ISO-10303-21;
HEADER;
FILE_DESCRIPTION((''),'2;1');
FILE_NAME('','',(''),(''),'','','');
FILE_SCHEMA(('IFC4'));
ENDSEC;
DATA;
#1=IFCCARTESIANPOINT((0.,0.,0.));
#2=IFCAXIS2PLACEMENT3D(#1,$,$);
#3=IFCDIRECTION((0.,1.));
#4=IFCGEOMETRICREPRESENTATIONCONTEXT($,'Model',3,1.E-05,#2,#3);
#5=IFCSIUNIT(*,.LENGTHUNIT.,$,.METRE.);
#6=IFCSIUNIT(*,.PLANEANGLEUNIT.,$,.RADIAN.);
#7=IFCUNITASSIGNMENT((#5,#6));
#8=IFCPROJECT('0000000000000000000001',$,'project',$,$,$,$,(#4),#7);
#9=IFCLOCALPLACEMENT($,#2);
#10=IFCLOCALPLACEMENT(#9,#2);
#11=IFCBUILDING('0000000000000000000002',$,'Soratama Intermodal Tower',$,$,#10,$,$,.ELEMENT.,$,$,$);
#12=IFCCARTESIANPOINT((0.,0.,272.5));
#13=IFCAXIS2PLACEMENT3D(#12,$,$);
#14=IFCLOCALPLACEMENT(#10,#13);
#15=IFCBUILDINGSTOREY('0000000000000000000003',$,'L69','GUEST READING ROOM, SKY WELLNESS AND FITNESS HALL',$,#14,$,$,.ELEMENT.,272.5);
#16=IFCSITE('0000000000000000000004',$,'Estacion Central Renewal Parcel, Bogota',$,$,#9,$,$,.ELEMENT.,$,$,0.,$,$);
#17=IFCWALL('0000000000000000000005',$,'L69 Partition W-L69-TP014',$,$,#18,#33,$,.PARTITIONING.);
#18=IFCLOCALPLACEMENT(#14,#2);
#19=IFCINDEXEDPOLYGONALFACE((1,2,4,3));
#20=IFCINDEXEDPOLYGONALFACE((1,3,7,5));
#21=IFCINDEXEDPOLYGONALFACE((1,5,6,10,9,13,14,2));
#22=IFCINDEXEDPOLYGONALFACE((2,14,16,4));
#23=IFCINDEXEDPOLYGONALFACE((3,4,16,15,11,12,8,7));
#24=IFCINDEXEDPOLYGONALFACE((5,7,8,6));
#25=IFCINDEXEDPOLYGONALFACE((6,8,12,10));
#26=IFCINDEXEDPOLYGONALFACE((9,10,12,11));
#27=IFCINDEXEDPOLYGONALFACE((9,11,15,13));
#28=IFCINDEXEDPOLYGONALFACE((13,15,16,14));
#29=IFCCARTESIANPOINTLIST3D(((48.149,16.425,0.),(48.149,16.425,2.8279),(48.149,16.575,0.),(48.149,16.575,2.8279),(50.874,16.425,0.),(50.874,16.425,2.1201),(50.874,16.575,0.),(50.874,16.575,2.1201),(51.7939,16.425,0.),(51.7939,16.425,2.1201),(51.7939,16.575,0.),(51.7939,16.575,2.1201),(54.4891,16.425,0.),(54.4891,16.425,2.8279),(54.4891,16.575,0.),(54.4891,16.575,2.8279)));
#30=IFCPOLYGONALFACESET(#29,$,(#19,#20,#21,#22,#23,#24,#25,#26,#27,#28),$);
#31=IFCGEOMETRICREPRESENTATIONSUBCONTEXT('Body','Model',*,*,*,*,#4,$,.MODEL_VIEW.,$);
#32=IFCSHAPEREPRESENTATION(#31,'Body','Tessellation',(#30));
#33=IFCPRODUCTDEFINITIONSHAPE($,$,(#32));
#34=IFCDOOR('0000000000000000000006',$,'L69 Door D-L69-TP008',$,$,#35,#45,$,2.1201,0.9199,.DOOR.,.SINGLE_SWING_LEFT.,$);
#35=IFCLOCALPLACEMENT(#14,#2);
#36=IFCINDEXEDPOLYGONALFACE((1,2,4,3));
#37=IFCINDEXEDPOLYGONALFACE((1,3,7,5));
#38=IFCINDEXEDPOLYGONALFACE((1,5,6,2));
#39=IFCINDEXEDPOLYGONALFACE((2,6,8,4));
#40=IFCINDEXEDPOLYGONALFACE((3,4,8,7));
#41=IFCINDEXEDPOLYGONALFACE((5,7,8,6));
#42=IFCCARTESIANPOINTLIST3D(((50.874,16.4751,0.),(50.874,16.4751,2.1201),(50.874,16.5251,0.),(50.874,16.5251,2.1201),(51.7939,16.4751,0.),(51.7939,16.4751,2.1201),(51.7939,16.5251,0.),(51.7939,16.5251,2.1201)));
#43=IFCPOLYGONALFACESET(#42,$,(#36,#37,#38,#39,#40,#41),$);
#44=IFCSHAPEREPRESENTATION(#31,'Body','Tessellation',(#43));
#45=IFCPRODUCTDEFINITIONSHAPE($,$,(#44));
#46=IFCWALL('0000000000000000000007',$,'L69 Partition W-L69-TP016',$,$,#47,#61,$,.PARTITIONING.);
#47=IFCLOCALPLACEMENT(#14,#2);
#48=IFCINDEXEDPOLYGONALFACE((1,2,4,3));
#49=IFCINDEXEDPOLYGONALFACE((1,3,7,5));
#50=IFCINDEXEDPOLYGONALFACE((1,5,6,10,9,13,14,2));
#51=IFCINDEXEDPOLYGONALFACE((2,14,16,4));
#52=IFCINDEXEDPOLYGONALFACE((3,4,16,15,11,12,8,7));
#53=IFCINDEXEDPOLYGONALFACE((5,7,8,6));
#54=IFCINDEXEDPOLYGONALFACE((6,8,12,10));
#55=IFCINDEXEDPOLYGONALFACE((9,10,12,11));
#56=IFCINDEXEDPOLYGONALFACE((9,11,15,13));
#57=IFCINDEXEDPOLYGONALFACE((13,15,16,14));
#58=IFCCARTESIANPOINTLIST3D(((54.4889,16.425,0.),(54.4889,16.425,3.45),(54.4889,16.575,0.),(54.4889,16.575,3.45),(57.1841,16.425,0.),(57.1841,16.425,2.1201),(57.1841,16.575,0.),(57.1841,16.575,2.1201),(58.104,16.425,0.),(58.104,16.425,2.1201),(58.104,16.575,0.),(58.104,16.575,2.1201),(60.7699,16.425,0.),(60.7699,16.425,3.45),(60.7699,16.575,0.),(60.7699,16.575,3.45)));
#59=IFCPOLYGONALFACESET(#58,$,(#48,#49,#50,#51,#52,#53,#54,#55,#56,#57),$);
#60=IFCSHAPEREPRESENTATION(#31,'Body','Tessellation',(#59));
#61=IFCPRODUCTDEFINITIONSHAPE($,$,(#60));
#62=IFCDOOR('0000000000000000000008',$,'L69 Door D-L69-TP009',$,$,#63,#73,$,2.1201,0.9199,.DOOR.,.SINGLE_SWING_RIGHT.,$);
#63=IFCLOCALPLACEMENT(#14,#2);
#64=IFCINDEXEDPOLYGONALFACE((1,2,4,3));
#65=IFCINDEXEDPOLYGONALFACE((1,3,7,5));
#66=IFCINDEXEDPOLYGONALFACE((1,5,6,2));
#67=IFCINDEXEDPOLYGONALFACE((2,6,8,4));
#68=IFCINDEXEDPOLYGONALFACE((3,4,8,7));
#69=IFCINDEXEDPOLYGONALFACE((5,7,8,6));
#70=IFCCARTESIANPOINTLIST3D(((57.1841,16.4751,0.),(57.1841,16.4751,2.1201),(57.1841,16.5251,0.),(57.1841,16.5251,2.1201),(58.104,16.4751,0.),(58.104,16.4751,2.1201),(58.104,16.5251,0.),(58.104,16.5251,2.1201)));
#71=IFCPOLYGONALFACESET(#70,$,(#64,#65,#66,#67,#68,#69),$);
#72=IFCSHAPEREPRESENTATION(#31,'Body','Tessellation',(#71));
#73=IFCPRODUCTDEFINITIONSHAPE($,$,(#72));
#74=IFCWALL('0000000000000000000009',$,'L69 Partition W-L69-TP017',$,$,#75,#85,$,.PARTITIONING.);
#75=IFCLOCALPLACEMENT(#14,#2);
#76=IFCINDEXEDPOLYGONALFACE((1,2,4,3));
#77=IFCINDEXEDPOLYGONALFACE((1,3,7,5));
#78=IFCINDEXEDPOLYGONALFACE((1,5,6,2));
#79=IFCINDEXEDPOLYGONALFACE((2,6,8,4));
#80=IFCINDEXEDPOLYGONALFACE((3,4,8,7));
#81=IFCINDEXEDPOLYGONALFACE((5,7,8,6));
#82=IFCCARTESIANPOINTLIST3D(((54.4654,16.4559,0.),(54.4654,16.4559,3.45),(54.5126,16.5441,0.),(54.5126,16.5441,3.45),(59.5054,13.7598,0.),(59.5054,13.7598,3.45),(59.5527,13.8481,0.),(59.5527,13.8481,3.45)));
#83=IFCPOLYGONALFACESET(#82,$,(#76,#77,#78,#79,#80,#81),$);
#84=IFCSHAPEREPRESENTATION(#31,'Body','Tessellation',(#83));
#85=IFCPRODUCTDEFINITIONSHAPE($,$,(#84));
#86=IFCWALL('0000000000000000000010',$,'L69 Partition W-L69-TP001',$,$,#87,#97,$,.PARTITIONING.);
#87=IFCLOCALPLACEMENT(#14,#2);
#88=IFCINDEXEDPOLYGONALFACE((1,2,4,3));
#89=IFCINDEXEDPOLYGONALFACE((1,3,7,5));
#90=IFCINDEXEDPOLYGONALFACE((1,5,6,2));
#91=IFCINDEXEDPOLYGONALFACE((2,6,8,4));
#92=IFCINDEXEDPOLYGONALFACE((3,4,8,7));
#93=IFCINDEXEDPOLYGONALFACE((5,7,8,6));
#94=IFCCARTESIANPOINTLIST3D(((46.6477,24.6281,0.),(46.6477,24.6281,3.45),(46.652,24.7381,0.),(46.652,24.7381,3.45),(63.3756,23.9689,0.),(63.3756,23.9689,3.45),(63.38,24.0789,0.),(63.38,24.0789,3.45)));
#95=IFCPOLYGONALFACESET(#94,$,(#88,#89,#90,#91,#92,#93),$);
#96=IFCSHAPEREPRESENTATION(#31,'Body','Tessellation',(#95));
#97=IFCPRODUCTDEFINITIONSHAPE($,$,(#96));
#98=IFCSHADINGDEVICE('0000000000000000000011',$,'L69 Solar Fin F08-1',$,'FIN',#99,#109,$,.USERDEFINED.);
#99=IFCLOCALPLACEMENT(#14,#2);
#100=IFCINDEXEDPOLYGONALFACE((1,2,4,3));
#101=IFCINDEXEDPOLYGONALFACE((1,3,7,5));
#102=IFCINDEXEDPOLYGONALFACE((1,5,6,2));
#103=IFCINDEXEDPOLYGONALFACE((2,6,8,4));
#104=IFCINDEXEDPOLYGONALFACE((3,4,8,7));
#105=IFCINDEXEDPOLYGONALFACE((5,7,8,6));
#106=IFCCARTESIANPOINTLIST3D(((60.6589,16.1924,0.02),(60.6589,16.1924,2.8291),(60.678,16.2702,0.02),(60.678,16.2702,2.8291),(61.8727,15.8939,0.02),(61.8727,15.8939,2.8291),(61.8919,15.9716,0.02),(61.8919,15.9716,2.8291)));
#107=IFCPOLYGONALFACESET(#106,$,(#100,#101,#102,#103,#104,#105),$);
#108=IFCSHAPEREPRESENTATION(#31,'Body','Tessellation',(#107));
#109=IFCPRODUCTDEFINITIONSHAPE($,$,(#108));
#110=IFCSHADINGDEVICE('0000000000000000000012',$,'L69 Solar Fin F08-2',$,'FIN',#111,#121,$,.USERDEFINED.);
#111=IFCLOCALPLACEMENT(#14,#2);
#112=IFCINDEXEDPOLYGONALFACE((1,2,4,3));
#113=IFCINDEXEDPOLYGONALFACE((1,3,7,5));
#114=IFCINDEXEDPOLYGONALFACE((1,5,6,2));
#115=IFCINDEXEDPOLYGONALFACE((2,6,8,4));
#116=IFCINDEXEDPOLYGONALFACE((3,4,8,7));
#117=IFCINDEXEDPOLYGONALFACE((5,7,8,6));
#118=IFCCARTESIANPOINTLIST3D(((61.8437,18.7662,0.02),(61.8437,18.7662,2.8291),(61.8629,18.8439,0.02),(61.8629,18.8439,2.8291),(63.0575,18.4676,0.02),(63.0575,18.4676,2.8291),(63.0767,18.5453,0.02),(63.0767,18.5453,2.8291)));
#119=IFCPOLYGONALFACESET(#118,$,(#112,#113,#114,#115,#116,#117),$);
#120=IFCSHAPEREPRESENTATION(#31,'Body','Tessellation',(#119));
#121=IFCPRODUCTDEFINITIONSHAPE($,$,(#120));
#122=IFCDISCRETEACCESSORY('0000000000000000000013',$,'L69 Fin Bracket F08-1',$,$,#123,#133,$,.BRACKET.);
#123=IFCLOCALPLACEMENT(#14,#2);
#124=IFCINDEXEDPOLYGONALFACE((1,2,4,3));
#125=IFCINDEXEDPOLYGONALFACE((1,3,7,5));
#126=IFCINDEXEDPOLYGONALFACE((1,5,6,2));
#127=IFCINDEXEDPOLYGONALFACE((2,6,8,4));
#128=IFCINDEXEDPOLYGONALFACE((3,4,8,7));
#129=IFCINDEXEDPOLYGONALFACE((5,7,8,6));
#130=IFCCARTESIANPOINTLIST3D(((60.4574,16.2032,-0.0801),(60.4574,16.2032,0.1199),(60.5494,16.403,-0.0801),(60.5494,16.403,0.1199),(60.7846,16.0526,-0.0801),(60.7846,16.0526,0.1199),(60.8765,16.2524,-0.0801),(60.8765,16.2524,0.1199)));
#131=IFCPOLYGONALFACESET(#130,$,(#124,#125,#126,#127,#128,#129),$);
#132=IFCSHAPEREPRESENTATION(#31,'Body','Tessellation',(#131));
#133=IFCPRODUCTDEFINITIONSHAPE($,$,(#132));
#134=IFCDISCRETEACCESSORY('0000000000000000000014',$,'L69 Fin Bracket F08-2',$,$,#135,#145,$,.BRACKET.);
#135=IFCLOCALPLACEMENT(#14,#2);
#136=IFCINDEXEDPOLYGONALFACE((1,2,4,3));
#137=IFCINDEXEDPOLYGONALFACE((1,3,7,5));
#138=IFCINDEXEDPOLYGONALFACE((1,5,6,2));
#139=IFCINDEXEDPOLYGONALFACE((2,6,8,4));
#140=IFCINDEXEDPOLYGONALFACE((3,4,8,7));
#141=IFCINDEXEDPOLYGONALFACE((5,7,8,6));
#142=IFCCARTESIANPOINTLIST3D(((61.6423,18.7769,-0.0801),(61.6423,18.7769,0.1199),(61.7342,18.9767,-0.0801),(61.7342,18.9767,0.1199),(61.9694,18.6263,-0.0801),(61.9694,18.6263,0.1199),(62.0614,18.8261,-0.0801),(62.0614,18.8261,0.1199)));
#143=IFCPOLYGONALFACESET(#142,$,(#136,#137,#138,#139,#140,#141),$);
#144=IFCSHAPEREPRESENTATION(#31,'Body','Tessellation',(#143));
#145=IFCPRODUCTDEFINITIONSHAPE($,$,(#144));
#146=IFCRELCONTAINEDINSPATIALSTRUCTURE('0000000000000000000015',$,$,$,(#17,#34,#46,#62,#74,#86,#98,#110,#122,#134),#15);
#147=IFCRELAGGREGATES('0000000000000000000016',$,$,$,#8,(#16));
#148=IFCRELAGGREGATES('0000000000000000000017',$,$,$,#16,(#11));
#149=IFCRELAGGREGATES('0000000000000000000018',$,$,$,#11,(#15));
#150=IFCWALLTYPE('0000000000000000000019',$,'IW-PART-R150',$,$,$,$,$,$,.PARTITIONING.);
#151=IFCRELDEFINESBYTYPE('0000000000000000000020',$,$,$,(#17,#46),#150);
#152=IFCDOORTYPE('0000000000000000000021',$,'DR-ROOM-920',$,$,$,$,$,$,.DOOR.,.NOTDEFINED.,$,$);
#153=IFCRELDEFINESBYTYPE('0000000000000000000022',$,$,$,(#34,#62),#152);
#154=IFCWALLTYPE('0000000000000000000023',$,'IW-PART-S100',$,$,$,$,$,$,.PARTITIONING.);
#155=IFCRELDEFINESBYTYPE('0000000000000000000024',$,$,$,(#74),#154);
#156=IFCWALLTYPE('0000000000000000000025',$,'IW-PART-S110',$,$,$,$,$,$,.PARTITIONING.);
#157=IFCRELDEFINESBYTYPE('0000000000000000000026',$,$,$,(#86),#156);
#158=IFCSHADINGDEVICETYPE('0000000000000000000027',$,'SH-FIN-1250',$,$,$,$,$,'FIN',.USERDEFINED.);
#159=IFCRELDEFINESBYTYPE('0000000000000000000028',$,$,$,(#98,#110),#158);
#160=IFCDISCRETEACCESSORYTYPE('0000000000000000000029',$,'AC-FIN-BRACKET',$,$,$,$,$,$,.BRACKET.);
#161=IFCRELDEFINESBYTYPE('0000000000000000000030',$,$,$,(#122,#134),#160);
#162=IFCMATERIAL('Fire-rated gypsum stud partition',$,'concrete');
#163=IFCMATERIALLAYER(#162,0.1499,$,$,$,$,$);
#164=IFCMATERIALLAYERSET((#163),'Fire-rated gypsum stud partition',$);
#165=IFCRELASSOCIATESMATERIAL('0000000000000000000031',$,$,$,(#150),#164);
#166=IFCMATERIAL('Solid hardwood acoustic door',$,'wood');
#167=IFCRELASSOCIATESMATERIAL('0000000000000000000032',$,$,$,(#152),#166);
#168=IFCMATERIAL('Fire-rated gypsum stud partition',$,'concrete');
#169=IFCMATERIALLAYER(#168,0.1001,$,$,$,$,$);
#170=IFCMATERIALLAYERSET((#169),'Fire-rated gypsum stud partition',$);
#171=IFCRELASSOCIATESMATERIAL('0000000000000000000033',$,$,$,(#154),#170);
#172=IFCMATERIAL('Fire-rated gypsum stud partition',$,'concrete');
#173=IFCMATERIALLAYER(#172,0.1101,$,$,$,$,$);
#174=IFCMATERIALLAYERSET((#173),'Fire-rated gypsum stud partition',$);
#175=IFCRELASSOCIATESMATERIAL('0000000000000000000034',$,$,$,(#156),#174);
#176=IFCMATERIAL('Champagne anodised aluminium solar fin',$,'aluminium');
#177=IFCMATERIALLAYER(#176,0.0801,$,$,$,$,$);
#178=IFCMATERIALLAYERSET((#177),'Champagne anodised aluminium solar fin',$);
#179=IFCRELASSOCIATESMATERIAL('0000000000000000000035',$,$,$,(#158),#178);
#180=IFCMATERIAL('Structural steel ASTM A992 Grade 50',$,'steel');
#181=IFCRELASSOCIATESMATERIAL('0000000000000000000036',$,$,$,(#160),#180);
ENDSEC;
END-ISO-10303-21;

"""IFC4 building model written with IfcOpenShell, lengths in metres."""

from ifc_helpers import new_model, si_unit, direction, frame, frame_2d, origin, origin_2d, place, context, subcontext, project, spatial, rectangle, extrude, material, layer, layer_set, type_object, element, fill, save


model = new_model("IFC4")

# Units and contexts
model_context = context("Model", 3, precision=1e-05, world=origin(), true_north=direction((0.0, 1.0)))
body_context = subcontext(model_context, "Body", "Model", "MODEL_VIEW")
ifc_project = project(units=[si_unit("LENGTHUNIT", "METRE"), si_unit("PLANEANGLEUNIT", "RADIAN")], contexts=[model_context])

# Site, building, storey
site_placement = place(None, origin())
site = spatial("IfcSite", under=ifc_project, at=site_placement, Name="Estacion Central Renewal Parcel, Bogota", CompositionType="ELEMENT", RefElevation=0.0)
building_placement = place(site_placement, origin())
building = spatial("IfcBuilding", under=site, at=building_placement, Name="Soratama Intermodal Tower", CompositionType="ELEMENT")
storey_placement = place(building_placement, frame((0.0, 0.0, 272.5)))
storey = spatial("IfcBuildingStorey", under=building, at=storey_placement, Name="L69", Description="GUEST READING ROOM, SKY WELLNESS AND FITNESS HALL", CompositionType="ELEMENT", Elevation=272.5)

# Walls, openings, doors
ifc_material_1 = material(Name="Fire-rated gypsum stud partition", Category="concrete")
ifc_layer_1 = layer(ifc_material_1, 0.1499)
ifc_layer_set_1 = layer_set([ifc_layer_1], Name="Fire-rated gypsum stud partition")
wall_type_1 = type_object("IfcWallType", Name="IW-PART-R150", PredefinedType="PARTITIONING", material=ifc_layer_set_1)
ifc_material_2 = material(Name="Solid hardwood acoustic door", Category="wood")
door_type_1 = type_object("IfcDoorType", Name="DR-ROOM-920", OperationType="NOTDEFINED", PredefinedType="DOOR", material=ifc_material_2)
wall_1_placement = place(storey_placement, frame((54.489, 16.5, 0.0), z_axis=(0.0, 0.0, 1.0), x_axis=(-1.0, 0.0, 0.0)))
wall_1 = element("IfcWall", 1, at=wall_1_placement, inside=storey, type_object=wall_type_1, Name="L69 Partition W-L69-TP014", PredefinedType="PARTITIONING", context=body_context, shape_type="SweptSolid", body=[
    extrude(rectangle(XDim=6.3401, YDim=0.1499, at=frame_2d((3.1699, 0.0))), origin(), (0.0, 0.0, 1.0), 2.8279),
])
opening_1_placement = place(wall_1_placement, frame((2.6951, 0.0, 0.0)))
opening_1 = element("IfcOpeningElement", 2, at=opening_1_placement, cuts=wall_1, PredefinedType="OPENING", context=body_context, shape_type="SweptSolid", body=[
    extrude(rectangle(XDim=0.9199, YDim=2.1201, at=frame_2d((0.46, 1.0601))), frame((0.0, 0.085, 0.0), z_axis=(0.0, -1.0, 0.0), x_axis=(1.0, 0.0, 0.0)), (0.0, 0.0, 1.0), 0.1699),
])
door_1_placement = place(opening_1_placement, origin())
door_1 = element("IfcDoor", 3, at=door_1_placement, inside=storey, type_object=door_type_1, Name="L69 Door D-L69-TP008", OperationType="SINGLE_SWING_LEFT", OverallHeight=2.1201, OverallWidth=0.9199, PredefinedType="DOOR", context=body_context, shape_type="SweptSolid", body=[
    extrude(rectangle(XDim=0.9199, YDim=2.1201, at=frame_2d((0.46, 1.0601))), frame((0.0, 0.0249, 0.0), z_axis=(0.0, -1.0, 0.0), x_axis=(1.0, 0.0, 0.0)), (0.0, 0.0, 1.0), 0.05),
])
fill(opening_1, door_1)
wall_2_placement = place(storey_placement, frame((60.77, 16.5, 0.0), z_axis=(0.0, 0.0, 1.0), x_axis=(-1.0, 0.0, 0.0)))
wall_2 = element("IfcWall", 4, at=wall_2_placement, inside=storey, type_object=wall_type_1, Name="L69 Partition W-L69-TP016", PredefinedType="PARTITIONING", context=body_context, shape_type="SweptSolid", body=[
    extrude(rectangle(XDim=6.281, YDim=0.1499, at=frame_2d((3.1406, 0.0))), origin(), (0.0, 0.0, 1.0), 3.45),
])
opening_2_placement = place(wall_2_placement, frame((2.666, 0.0, 0.0)))
opening_2 = element("IfcOpeningElement", 5, at=opening_2_placement, cuts=wall_2, PredefinedType="OPENING", context=body_context, shape_type="SweptSolid", body=[
    extrude(rectangle(XDim=0.9199, YDim=2.1201, at=frame_2d((0.46, 1.0601))), frame((0.0, 0.085, 0.0), z_axis=(0.0, -1.0, 0.0), x_axis=(1.0, 0.0, 0.0)), (0.0, 0.0, 1.0), 0.1699),
])
door_2_placement = place(opening_2_placement, origin())
door_2 = element("IfcDoor", 6, at=door_2_placement, inside=storey, type_object=door_type_1, Name="L69 Door D-L69-TP009", OperationType="SINGLE_SWING_RIGHT", OverallHeight=2.1201, OverallWidth=0.9199, PredefinedType="DOOR", context=body_context, shape_type="SweptSolid", body=[
    extrude(rectangle(XDim=0.9199, YDim=2.1201, at=frame_2d((0.46, 1.0601))), frame((0.0, 0.0249, 0.0), z_axis=(0.0, -1.0, 0.0), x_axis=(1.0, 0.0, 0.0)), (0.0, 0.0, 1.0), 0.05),
])
fill(opening_2, door_2)

# Walls
ifc_material_3 = material(Name="Fire-rated gypsum stud partition", Category="concrete")
ifc_layer_2 = layer(ifc_material_3, 0.1001)
ifc_layer_set_2 = layer_set([ifc_layer_2], Name="Fire-rated gypsum stud partition")
wall_type_2 = type_object("IfcWallType", Name="IW-PART-S100", PredefinedType="PARTITIONING", material=ifc_layer_set_2)
wall_3_placement = place(storey_placement, frame((54.489, 16.5, 0.0), z_axis=(0.0, 0.0, 1.0), x_axis=(0.881769, -0.471681, 0.0)))
element("IfcWall", 7, at=wall_3_placement, inside=storey, type_object=wall_type_2, Name="L69 Partition W-L69-TP017", PredefinedType="PARTITIONING", context=body_context, shape_type="SweptSolid", body=[
    extrude(rectangle(XDim=5.7158, YDim=0.1001, at=frame_2d((2.8579, 0.0))), origin(), (0.0, 0.0, 1.0), 3.45),
])
ifc_material_4 = material(Name="Fire-rated gypsum stud partition", Category="concrete")
ifc_layer_3 = layer(ifc_material_4, 0.1101)
ifc_layer_set_3 = layer_set([ifc_layer_3], Name="Fire-rated gypsum stud partition")
wall_type_3 = type_object("IfcWallType", Name="IW-PART-S110", PredefinedType="PARTITIONING", material=ifc_layer_set_3)
wall_4_placement = place(storey_placement, frame((63.3779, 24.0239, 0.0), z_axis=(0.0, 0.0, 1.0), x_axis=(-0.999224, 0.039375, 0.0)))
element("IfcWall", 8, at=wall_4_placement, inside=storey, type_object=wall_type_3, Name="L69 Partition W-L69-TP001", PredefinedType="PARTITIONING", context=body_context, shape_type="SweptSolid", body=[
    extrude(rectangle(XDim=16.741, YDim=0.1101, at=frame_2d((8.3706, 0.0))), origin(), (0.0, 0.0, 1.0), 3.45),
])

# Shading devices
ifc_material_5 = material(Name="Champagne anodised aluminium solar fin", Category="aluminium")
ifc_layer_4 = layer(ifc_material_5, 0.0801)
ifc_layer_set_4 = layer_set([ifc_layer_4], Name="Champagne anodised aluminium solar fin")
shading_device_type = type_object("IfcShadingDeviceType", Name="SH-FIN-1250", ElementType="FIN", PredefinedType="USERDEFINED", material=ifc_layer_set_4)
for number, where, z_axis, x_axis, name in (
    (9, (61.2754, 16.082, 0.02), (0.0, 0.0, 1.0), (0.971051, -0.238872, 0.0), "L69 Solar Fin F08-1"),
    (10, (62.4602, 18.6558, 0.02), (0.0, 0.0, 1.0), (0.971051, -0.238872, 0.0), "L69 Solar Fin F08-2"),
):
    element("IfcShadingDevice", number, at=place(storey_placement, frame(where, z_axis=z_axis, x_axis=x_axis)), inside=storey, type_object=shading_device_type, Name=name, ObjectType="FIN", PredefinedType="USERDEFINED", context=body_context, shape_type="SweptSolid", body=[
        extrude(rectangle(XDim=1.25, YDim=0.0801, at=origin_2d()), origin(), (0.0, 0.0, 1.0), 2.8091),
    ])

# Discrete accessories
ifc_material_6 = material(Name="Structural steel ASTM A992 Grade 50", Category="steel")
discrete_accessory_type = type_object("IfcDiscreteAccessoryType", Name="AC-FIN-BRACKET", PredefinedType="BRACKET", material=ifc_material_6)
for number, where, z_axis, x_axis, name in (
    (11, (60.667, 16.2278, -0.0801), (0.0, 0.0, 1.0), (0.908362, -0.418184, 0.0), "L69 Fin Bracket F08-1"),
    (12, (61.8518, 18.8015, -0.0801), (0.0, 0.0, 1.0), (0.908362, -0.418184, 0.0), "L69 Fin Bracket F08-2"),
):
    element("IfcDiscreteAccessory", number, at=place(storey_placement, frame(where, z_axis=z_axis, x_axis=x_axis)), inside=storey, type_object=discrete_accessory_type, Name=name, PredefinedType="BRACKET", context=body_context, shape_type="SweptSolid", body=[
        extrude(rectangle(XDim=0.3601, YDim=0.22, at=origin_2d()), origin(), (0.0, 0.0, 1.0), 0.2),
    ])

save(model, "model.ifc")
